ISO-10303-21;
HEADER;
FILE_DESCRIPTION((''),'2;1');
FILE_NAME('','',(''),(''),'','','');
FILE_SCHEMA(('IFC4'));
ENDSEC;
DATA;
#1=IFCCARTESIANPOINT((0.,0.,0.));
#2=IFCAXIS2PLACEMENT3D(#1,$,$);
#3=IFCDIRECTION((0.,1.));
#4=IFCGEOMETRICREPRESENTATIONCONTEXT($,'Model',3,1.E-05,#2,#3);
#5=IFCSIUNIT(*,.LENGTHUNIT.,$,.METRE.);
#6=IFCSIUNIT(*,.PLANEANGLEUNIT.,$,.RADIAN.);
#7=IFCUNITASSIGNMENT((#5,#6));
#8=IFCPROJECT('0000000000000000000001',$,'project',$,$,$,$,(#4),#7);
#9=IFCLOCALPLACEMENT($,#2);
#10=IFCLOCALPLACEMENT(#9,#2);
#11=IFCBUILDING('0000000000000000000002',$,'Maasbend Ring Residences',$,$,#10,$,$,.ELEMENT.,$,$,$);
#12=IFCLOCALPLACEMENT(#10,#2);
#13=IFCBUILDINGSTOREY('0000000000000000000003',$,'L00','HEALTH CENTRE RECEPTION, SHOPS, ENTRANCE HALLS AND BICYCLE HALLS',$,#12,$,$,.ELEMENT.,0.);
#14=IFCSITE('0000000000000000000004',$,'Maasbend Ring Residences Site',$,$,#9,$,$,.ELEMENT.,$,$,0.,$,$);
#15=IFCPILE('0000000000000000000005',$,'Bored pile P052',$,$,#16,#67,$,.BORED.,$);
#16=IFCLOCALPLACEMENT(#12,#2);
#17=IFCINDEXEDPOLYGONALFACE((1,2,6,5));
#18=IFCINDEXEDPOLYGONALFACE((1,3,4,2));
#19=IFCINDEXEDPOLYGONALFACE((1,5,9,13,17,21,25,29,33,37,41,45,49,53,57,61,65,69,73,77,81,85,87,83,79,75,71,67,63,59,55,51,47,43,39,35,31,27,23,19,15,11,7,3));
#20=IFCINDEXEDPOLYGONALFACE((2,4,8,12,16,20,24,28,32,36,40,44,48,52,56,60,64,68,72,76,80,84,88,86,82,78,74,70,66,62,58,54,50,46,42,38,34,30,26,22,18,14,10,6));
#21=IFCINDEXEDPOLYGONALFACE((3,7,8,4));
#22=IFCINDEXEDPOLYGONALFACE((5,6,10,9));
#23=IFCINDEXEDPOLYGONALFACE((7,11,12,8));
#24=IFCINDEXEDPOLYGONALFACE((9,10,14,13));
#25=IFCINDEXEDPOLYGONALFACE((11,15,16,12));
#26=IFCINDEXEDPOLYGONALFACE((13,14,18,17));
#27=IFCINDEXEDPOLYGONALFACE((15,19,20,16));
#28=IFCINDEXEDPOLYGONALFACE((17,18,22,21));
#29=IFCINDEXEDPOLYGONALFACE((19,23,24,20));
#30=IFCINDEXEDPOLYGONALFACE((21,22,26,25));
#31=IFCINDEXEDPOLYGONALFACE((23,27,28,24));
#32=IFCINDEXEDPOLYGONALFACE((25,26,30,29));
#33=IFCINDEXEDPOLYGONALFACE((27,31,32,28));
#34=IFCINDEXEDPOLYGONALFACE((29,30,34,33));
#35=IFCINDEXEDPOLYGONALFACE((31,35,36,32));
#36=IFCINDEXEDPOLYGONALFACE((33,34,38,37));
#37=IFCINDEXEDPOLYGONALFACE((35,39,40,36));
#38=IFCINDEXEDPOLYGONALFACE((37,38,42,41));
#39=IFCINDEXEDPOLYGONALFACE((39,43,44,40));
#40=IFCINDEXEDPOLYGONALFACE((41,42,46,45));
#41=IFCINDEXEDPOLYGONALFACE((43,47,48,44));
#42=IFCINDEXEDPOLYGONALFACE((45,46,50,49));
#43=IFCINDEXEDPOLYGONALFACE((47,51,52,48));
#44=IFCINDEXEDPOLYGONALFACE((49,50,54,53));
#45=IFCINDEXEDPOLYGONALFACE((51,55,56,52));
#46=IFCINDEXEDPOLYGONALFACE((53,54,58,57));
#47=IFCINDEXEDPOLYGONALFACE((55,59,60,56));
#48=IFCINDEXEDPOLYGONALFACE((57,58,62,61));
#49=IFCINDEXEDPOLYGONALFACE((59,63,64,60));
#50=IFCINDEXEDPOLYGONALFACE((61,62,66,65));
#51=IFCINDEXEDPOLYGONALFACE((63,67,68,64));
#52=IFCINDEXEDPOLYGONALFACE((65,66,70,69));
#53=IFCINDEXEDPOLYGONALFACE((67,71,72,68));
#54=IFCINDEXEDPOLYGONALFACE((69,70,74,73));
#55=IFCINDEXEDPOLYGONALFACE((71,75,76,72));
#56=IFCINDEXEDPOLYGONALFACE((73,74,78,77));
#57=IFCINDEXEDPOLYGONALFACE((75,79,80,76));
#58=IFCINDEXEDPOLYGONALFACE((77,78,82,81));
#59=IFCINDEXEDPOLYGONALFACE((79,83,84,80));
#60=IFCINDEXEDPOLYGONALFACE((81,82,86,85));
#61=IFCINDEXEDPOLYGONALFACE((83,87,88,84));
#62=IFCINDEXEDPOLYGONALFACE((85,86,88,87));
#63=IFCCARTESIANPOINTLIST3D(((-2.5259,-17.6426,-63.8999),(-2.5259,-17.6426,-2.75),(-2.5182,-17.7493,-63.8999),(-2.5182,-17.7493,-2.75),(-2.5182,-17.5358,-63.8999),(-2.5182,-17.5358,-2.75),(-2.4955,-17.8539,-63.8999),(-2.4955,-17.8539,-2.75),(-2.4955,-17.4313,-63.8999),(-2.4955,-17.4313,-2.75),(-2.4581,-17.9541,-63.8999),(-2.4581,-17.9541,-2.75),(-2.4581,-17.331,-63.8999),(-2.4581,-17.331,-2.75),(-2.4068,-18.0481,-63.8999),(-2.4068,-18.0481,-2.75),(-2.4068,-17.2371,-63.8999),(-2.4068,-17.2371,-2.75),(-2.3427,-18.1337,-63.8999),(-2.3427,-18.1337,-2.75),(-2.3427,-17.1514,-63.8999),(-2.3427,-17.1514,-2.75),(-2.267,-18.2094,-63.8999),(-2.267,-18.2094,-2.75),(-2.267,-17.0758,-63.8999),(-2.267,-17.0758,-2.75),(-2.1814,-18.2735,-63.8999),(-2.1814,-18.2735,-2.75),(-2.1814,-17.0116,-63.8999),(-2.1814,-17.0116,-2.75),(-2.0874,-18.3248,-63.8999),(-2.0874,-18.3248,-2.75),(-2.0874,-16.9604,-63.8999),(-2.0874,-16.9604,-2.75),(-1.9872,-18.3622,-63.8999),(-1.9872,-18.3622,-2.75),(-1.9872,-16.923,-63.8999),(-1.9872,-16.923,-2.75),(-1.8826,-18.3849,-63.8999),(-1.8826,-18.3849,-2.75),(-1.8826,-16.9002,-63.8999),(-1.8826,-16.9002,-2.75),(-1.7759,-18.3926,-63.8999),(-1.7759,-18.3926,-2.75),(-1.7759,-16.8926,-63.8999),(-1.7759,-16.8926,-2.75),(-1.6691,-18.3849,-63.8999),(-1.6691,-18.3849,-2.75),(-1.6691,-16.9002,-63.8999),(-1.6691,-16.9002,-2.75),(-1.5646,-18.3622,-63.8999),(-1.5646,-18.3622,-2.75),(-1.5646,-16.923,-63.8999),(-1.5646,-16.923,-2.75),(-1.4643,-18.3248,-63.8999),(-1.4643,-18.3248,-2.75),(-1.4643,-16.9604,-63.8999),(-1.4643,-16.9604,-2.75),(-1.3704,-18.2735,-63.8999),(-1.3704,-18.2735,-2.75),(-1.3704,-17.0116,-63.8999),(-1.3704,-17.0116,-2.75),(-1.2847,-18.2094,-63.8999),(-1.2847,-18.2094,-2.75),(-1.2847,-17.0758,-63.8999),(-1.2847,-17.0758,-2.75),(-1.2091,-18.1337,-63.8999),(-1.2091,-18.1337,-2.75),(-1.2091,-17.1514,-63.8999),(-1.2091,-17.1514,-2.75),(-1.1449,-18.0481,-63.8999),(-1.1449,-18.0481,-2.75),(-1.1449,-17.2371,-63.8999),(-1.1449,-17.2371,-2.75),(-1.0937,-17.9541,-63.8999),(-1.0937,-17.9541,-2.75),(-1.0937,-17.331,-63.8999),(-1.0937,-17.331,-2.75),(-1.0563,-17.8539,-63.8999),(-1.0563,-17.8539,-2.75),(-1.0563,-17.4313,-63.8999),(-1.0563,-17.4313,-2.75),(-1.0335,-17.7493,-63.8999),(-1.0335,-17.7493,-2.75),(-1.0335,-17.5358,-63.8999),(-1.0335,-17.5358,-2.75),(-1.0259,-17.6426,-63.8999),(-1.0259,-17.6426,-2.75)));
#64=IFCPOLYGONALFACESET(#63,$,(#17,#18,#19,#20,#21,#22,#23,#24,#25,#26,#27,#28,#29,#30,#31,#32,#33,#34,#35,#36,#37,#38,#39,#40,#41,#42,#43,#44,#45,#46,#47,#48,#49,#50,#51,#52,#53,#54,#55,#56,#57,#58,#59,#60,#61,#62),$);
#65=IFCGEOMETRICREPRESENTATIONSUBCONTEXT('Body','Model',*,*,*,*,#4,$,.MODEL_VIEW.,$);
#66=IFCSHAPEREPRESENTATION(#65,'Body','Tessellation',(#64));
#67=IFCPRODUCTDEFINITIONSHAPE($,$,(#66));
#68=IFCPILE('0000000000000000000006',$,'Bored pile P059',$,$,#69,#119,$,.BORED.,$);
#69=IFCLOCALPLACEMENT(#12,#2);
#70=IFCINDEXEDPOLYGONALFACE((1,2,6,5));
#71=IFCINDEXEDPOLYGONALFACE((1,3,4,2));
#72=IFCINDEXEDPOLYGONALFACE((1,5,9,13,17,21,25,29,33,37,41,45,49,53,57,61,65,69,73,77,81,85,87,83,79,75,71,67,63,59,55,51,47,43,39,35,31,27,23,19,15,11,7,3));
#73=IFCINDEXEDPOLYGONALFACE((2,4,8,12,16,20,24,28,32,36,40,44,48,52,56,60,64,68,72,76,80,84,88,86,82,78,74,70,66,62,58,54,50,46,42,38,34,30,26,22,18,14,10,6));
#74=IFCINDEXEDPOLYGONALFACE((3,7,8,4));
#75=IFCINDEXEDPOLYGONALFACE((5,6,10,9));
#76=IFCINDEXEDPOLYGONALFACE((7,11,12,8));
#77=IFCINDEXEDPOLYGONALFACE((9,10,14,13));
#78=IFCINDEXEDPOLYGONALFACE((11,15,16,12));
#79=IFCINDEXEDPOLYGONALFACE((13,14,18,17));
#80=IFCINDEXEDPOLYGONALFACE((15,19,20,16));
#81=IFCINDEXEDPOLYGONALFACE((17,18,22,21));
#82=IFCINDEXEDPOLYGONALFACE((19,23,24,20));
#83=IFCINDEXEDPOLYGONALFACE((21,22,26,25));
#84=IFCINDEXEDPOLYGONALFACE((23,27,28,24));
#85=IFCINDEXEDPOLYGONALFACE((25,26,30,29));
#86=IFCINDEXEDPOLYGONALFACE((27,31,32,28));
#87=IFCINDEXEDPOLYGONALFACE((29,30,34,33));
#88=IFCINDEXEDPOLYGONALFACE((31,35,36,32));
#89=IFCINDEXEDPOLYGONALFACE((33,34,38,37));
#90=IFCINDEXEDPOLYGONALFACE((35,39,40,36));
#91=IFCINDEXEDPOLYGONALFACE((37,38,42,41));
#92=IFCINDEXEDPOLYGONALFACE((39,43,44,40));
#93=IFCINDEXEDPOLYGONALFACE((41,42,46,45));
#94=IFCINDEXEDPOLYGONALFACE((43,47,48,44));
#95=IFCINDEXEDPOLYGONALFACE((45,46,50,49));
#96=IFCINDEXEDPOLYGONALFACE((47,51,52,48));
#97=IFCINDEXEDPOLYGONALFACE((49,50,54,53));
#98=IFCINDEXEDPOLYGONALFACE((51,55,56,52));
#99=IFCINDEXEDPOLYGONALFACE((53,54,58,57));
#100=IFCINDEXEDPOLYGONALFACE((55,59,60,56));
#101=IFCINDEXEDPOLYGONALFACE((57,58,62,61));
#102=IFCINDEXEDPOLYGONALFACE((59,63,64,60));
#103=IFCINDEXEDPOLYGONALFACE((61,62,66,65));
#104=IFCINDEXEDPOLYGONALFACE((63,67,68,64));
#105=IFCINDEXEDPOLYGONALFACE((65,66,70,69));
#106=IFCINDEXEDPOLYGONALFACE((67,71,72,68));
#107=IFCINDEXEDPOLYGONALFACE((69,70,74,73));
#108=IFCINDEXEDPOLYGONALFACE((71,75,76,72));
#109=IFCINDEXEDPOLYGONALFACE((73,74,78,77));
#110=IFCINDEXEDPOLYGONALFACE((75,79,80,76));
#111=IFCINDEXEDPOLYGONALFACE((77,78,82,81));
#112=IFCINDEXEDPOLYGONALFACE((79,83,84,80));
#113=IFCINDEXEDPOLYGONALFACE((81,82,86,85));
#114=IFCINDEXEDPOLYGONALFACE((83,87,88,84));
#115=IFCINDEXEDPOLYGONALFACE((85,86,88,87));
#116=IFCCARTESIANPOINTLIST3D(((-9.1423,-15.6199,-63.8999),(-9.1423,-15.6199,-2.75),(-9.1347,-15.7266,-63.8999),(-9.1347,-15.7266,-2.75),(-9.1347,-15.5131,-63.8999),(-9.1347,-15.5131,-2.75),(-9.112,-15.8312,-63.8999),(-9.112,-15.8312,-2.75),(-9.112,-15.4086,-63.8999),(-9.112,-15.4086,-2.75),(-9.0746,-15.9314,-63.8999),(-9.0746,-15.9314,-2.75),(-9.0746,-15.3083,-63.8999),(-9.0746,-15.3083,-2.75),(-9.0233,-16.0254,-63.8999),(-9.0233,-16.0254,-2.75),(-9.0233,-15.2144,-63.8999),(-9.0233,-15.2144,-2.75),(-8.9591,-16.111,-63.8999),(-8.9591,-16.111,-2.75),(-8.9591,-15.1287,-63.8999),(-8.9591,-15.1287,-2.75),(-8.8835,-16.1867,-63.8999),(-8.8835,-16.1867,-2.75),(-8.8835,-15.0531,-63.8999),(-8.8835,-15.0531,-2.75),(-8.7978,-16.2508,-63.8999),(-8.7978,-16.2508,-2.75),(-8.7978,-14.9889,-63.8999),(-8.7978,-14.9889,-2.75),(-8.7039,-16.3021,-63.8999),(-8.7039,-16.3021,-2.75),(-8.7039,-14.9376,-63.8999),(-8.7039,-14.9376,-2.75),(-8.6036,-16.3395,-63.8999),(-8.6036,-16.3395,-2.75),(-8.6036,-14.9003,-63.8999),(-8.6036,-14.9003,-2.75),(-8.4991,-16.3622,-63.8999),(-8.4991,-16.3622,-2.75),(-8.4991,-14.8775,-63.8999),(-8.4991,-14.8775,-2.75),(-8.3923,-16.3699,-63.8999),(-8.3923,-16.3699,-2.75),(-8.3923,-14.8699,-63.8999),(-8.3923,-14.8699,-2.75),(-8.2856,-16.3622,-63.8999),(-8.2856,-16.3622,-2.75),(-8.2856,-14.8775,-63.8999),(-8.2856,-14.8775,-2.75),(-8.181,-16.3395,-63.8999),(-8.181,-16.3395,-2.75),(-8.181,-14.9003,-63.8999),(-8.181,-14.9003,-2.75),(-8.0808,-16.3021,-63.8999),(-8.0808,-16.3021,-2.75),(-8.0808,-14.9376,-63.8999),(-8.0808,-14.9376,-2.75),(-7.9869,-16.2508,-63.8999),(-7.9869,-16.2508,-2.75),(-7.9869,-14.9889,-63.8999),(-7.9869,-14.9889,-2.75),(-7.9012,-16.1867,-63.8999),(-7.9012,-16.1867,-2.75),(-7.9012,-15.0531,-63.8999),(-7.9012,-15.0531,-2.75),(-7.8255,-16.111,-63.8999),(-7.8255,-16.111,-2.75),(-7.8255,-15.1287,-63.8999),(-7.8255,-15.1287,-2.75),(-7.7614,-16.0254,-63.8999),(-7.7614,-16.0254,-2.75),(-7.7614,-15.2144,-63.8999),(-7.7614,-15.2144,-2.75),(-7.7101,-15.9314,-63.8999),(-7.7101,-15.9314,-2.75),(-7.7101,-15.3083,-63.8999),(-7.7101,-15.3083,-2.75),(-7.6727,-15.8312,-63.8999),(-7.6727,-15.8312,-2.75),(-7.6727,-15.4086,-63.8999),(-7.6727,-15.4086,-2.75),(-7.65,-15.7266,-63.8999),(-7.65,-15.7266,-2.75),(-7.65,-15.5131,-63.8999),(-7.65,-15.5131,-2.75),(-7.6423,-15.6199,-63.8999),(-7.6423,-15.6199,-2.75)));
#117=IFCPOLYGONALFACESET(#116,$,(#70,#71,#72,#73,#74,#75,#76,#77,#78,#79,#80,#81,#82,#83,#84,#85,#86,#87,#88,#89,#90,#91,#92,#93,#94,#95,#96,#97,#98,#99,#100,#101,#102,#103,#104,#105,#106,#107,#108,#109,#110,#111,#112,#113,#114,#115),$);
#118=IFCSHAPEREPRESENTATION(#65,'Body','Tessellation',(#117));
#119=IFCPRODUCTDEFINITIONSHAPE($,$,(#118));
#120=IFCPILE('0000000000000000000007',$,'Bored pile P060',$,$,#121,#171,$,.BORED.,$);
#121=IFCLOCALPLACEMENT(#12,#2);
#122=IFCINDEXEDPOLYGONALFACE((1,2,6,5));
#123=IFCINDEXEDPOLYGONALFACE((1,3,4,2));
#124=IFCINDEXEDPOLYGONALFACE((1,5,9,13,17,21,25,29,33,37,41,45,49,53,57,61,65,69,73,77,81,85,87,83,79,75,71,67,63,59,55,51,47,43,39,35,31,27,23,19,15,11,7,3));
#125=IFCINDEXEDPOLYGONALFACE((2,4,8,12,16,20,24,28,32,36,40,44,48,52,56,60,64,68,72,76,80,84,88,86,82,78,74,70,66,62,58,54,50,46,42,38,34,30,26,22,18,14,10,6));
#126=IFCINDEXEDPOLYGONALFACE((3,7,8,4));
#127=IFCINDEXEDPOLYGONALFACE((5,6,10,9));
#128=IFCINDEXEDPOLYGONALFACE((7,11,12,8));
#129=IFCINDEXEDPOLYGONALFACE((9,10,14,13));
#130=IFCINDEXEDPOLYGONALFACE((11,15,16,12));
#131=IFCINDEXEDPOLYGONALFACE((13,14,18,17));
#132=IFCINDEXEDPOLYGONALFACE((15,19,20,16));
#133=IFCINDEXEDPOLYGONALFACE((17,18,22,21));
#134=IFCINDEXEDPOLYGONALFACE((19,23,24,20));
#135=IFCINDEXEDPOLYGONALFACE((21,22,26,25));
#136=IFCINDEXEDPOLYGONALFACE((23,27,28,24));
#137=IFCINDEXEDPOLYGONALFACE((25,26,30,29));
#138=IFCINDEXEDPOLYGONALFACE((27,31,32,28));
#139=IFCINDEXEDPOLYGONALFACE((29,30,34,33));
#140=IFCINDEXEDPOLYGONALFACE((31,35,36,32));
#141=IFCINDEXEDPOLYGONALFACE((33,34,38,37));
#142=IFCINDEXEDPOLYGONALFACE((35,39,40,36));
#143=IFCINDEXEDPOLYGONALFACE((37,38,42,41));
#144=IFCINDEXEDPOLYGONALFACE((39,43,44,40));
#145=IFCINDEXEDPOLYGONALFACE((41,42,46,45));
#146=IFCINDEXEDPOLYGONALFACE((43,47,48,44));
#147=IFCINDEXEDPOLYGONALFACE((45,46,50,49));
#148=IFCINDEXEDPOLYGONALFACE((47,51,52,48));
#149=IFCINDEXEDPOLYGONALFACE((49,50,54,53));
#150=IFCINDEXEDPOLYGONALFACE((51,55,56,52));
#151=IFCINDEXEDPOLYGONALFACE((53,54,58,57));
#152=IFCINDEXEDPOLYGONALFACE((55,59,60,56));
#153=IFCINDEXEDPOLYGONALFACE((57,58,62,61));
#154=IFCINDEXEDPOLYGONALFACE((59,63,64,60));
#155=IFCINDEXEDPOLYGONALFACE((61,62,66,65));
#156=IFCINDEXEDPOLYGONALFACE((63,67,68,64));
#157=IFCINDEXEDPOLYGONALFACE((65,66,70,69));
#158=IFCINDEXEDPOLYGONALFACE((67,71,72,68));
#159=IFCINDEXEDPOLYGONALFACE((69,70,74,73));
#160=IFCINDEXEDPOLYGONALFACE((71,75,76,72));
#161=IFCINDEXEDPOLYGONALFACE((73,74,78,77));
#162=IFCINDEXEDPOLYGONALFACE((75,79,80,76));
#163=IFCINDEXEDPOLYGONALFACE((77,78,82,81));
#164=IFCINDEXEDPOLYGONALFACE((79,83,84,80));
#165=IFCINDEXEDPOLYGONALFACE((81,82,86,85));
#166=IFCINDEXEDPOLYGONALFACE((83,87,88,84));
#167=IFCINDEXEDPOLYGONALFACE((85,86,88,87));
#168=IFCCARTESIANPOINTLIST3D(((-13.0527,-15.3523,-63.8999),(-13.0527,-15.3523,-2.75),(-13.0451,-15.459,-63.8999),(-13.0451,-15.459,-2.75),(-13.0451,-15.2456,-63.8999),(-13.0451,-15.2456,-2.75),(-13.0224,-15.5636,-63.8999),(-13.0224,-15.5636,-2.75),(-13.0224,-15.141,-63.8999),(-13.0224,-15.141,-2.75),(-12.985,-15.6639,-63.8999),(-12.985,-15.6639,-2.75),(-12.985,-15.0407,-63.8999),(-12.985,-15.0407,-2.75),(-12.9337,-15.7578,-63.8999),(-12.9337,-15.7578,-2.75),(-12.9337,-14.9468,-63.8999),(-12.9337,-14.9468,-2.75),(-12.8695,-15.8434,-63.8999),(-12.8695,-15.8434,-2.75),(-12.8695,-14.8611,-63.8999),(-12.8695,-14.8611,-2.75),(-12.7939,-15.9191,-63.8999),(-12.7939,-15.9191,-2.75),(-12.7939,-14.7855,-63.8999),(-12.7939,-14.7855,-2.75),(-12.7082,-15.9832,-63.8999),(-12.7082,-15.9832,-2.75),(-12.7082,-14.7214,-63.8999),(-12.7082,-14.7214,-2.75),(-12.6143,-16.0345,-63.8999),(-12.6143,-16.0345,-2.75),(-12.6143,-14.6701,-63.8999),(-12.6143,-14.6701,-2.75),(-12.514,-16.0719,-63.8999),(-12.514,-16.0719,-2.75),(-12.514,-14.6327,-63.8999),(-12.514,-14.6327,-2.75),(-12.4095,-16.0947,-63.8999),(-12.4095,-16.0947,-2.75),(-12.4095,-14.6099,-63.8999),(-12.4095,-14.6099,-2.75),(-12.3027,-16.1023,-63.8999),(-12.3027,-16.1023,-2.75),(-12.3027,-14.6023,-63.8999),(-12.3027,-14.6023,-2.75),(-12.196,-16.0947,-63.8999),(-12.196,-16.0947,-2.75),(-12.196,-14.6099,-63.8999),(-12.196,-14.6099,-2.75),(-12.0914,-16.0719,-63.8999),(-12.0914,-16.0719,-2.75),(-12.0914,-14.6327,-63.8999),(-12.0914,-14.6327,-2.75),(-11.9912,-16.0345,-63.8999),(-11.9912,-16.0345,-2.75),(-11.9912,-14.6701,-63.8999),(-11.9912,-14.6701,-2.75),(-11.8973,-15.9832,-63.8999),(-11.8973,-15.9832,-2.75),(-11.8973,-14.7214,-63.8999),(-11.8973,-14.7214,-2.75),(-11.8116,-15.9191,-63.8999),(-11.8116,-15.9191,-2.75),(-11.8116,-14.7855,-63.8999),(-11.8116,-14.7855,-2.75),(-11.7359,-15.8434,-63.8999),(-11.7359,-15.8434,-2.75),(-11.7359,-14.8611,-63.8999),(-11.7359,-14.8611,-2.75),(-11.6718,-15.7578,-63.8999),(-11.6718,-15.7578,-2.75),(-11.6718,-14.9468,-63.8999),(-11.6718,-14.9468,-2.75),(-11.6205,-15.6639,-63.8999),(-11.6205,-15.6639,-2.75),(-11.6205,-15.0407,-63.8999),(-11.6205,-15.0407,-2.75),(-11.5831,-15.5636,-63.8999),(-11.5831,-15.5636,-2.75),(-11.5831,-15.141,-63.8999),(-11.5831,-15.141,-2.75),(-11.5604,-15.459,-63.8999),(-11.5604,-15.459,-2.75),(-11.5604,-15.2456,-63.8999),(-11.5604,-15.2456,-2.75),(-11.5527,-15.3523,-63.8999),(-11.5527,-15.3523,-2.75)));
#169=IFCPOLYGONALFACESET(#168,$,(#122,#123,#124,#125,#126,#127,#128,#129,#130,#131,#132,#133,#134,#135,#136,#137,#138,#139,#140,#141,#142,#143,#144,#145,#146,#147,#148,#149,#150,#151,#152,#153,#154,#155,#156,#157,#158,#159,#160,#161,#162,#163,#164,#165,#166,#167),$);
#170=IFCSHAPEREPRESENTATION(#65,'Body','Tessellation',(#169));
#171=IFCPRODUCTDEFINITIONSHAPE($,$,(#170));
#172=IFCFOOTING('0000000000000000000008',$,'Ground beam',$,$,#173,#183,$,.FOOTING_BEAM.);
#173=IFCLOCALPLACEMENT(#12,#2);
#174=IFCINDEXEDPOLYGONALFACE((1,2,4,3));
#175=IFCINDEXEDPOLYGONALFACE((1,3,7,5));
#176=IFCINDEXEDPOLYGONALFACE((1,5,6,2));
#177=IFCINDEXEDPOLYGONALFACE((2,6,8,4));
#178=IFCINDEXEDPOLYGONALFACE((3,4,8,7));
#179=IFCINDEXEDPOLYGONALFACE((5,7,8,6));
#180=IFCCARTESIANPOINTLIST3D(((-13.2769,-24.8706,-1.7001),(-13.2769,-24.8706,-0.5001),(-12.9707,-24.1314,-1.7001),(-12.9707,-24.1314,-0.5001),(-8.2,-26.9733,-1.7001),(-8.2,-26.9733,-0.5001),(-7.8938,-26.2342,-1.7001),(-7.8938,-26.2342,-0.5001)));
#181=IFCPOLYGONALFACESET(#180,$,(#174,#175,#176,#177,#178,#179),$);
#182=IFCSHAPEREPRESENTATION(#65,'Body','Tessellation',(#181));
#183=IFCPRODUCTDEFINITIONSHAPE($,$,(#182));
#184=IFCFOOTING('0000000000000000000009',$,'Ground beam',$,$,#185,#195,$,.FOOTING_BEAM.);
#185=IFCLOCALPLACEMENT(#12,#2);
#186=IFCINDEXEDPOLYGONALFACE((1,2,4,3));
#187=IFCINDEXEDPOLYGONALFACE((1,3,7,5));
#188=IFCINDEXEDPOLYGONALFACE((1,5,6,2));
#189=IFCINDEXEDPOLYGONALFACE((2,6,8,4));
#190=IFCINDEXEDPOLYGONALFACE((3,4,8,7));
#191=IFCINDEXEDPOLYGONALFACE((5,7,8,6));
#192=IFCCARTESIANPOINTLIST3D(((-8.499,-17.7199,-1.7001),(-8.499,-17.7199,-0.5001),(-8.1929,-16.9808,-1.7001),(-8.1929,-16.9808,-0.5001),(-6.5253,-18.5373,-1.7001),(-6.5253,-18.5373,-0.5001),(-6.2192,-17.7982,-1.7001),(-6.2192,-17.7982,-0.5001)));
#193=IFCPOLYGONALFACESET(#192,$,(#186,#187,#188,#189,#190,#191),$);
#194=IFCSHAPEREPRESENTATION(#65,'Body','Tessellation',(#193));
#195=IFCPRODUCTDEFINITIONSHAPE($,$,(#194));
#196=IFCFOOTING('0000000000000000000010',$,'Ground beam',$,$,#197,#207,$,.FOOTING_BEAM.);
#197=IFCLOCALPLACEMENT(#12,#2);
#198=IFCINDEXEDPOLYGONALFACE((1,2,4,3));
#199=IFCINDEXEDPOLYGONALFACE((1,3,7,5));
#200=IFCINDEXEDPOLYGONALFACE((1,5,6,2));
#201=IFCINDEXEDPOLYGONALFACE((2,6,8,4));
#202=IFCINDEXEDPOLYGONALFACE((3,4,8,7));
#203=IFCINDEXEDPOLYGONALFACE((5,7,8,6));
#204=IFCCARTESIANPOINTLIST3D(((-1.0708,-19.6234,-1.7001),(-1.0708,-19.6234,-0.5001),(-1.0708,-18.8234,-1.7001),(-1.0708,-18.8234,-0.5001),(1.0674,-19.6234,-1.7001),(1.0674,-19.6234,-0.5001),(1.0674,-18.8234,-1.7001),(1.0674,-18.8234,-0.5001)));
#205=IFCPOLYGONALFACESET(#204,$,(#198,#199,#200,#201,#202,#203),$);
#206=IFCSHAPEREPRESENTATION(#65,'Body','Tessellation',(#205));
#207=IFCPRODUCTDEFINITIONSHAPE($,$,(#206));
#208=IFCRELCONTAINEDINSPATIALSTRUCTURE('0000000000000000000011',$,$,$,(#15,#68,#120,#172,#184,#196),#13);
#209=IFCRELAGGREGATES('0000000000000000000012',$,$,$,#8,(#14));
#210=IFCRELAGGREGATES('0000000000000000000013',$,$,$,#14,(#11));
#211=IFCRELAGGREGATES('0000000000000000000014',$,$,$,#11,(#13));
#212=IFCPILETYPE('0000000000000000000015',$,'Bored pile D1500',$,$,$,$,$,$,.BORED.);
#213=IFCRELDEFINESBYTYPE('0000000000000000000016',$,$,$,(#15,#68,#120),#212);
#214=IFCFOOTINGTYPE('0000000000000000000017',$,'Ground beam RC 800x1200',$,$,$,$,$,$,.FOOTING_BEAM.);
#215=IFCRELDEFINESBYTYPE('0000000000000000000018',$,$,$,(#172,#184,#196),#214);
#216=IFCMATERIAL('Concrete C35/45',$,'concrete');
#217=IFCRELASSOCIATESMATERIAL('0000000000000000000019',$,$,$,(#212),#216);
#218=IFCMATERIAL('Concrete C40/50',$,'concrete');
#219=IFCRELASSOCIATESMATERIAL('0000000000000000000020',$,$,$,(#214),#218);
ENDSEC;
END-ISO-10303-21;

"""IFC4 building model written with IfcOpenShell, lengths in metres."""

from ifc_helpers import new_model, si_unit, direction, frame, origin, origin_2d, place, context, subcontext, project, spatial, rectangle, circle, extrude, material, material_profile, profile_set, type_object, element, save


model = new_model("IFC4")

# Units and contexts
model_context = context("Model", 3, precision=1e-05, world=origin(), true_north=direction((0.0, 1.0)))
body_context = subcontext(model_context, "Body", "Model", "MODEL_VIEW")
ifc_project = project(units=[si_unit("LENGTHUNIT", "METRE"), si_unit("PLANEANGLEUNIT", "RADIAN")], contexts=[model_context])

# Site, building, storey
site_placement = place(None, origin())
site = spatial("IfcSite", under=ifc_project, at=site_placement, Name="Maasbend Ring Residences Site", CompositionType="ELEMENT", RefElevation=0.0)
building_placement = place(site_placement, origin())
building = spatial("IfcBuilding", under=site, at=building_placement, Name="Maasbend Ring Residences", CompositionType="ELEMENT")
storey_placement = place(building_placement, origin())
storey = spatial("IfcBuildingStorey", under=building, at=storey_placement, Name="L00", Description="HEALTH CENTRE RECEPTION, SHOPS, ENTRANCE HALLS AND BICYCLE HALLS", CompositionType="ELEMENT", Elevation=0.0)

# Piles
ifc_material_1 = material(Name="Concrete C35/45", Category="concrete")
ifc_material_profile_1 = material_profile(ifc_material_1, circle(Radius=0.75, at=origin_2d()), Name="Bored pile D1500")
ifc_profile_set_1 = profile_set([ifc_material_profile_1], Name="Concrete C35/45")
pile_type = type_object("IfcPileType", Name="Bored pile D1500", PredefinedType="BORED", material=ifc_profile_set_1)
for number, where, z_axis, x_axis, name in (
    (1, (-1.7759, -17.6426, -2.75), (0.0, 0.0, -1.0), (1.0, 0.0, 0.0), "Bored pile P052"),
    (2, (-8.3923, -15.6199, -2.75), (0.0, 0.0, -1.0), (1.0, 0.0, 0.0), "Bored pile P059"),
    (3, (-12.3027, -15.3523, -2.75), (0.0, 0.0, -1.0), (1.0, 0.0, 0.0), "Bored pile P060"),
):
    element("IfcPile", number, at=place(storey_placement, frame(where, z_axis=z_axis, x_axis=x_axis)), inside=storey, type_object=pile_type, Name=name, PredefinedType="BORED", context=body_context, shape_type="SweptSolid", body=[
        extrude(circle(Radius=0.75, at=origin_2d()), origin(), (0.0, 0.0, 1.0), 61.1499),
    ])

# Footings
ifc_material_2 = material(Name="Concrete C40/50", Category="concrete")
ifc_material_profile_2 = material_profile(ifc_material_2, rectangle(XDim=0.8, YDim=1.2, at=origin_2d()), Name="Ground beam RC 800x1200")
ifc_profile_set_2 = profile_set([ifc_material_profile_2], Name="Concrete C40/50")
footing_type = type_object("IfcFootingType", Name="Ground beam RC 800x1200", PredefinedType="FOOTING_BEAM", material=ifc_profile_set_2)
footing_1_placement = place(storey_placement, frame((-13.1238, -24.501, -1.1001), z_axis=(0.923889, -0.382662, 0.0), x_axis=(0.382662, 0.923889, 0.0)))
element("IfcFooting", 4, at=footing_1_placement, inside=storey, type_object=footing_type, Name="Ground beam", PredefinedType="FOOTING_BEAM", context=body_context, shape_type="SweptSolid", body=[
    extrude(rectangle(XDim=0.8, YDim=1.2, at=origin_2d()), origin(), (0.0, 0.0, 1.0), 5.4951),
])
footing_2_placement = place(storey_placement, frame((-8.3459, -17.3503, -1.1001), z_axis=(0.9239, -0.382634, 0.0), x_axis=(0.382634, 0.9239, 0.0)))
element("IfcFooting", 5, at=footing_2_placement, inside=storey, type_object=footing_type, Name="Ground beam", PredefinedType="FOOTING_BEAM", context=body_context, shape_type="SweptSolid", body=[
    extrude(rectangle(XDim=0.8, YDim=1.2, at=origin_2d()), origin(), (0.0, 0.0, 1.0), 2.1362),
])
footing_3_placement = place(storey_placement, frame((-1.0708, -19.2234, -1.1001), z_axis=(1.0, 0.0, 0.0), x_axis=(0.0, 1.0, 0.0)))
element("IfcFooting", 6, at=footing_3_placement, inside=storey, type_object=footing_type, Name="Ground beam", PredefinedType="FOOTING_BEAM", context=body_context, shape_type="SweptSolid", body=[
    extrude(rectangle(XDim=0.8, YDim=1.2, at=origin_2d()), origin(), (0.0, 0.0, 1.0), 2.1382),
])

save(model, "model.ifc")
